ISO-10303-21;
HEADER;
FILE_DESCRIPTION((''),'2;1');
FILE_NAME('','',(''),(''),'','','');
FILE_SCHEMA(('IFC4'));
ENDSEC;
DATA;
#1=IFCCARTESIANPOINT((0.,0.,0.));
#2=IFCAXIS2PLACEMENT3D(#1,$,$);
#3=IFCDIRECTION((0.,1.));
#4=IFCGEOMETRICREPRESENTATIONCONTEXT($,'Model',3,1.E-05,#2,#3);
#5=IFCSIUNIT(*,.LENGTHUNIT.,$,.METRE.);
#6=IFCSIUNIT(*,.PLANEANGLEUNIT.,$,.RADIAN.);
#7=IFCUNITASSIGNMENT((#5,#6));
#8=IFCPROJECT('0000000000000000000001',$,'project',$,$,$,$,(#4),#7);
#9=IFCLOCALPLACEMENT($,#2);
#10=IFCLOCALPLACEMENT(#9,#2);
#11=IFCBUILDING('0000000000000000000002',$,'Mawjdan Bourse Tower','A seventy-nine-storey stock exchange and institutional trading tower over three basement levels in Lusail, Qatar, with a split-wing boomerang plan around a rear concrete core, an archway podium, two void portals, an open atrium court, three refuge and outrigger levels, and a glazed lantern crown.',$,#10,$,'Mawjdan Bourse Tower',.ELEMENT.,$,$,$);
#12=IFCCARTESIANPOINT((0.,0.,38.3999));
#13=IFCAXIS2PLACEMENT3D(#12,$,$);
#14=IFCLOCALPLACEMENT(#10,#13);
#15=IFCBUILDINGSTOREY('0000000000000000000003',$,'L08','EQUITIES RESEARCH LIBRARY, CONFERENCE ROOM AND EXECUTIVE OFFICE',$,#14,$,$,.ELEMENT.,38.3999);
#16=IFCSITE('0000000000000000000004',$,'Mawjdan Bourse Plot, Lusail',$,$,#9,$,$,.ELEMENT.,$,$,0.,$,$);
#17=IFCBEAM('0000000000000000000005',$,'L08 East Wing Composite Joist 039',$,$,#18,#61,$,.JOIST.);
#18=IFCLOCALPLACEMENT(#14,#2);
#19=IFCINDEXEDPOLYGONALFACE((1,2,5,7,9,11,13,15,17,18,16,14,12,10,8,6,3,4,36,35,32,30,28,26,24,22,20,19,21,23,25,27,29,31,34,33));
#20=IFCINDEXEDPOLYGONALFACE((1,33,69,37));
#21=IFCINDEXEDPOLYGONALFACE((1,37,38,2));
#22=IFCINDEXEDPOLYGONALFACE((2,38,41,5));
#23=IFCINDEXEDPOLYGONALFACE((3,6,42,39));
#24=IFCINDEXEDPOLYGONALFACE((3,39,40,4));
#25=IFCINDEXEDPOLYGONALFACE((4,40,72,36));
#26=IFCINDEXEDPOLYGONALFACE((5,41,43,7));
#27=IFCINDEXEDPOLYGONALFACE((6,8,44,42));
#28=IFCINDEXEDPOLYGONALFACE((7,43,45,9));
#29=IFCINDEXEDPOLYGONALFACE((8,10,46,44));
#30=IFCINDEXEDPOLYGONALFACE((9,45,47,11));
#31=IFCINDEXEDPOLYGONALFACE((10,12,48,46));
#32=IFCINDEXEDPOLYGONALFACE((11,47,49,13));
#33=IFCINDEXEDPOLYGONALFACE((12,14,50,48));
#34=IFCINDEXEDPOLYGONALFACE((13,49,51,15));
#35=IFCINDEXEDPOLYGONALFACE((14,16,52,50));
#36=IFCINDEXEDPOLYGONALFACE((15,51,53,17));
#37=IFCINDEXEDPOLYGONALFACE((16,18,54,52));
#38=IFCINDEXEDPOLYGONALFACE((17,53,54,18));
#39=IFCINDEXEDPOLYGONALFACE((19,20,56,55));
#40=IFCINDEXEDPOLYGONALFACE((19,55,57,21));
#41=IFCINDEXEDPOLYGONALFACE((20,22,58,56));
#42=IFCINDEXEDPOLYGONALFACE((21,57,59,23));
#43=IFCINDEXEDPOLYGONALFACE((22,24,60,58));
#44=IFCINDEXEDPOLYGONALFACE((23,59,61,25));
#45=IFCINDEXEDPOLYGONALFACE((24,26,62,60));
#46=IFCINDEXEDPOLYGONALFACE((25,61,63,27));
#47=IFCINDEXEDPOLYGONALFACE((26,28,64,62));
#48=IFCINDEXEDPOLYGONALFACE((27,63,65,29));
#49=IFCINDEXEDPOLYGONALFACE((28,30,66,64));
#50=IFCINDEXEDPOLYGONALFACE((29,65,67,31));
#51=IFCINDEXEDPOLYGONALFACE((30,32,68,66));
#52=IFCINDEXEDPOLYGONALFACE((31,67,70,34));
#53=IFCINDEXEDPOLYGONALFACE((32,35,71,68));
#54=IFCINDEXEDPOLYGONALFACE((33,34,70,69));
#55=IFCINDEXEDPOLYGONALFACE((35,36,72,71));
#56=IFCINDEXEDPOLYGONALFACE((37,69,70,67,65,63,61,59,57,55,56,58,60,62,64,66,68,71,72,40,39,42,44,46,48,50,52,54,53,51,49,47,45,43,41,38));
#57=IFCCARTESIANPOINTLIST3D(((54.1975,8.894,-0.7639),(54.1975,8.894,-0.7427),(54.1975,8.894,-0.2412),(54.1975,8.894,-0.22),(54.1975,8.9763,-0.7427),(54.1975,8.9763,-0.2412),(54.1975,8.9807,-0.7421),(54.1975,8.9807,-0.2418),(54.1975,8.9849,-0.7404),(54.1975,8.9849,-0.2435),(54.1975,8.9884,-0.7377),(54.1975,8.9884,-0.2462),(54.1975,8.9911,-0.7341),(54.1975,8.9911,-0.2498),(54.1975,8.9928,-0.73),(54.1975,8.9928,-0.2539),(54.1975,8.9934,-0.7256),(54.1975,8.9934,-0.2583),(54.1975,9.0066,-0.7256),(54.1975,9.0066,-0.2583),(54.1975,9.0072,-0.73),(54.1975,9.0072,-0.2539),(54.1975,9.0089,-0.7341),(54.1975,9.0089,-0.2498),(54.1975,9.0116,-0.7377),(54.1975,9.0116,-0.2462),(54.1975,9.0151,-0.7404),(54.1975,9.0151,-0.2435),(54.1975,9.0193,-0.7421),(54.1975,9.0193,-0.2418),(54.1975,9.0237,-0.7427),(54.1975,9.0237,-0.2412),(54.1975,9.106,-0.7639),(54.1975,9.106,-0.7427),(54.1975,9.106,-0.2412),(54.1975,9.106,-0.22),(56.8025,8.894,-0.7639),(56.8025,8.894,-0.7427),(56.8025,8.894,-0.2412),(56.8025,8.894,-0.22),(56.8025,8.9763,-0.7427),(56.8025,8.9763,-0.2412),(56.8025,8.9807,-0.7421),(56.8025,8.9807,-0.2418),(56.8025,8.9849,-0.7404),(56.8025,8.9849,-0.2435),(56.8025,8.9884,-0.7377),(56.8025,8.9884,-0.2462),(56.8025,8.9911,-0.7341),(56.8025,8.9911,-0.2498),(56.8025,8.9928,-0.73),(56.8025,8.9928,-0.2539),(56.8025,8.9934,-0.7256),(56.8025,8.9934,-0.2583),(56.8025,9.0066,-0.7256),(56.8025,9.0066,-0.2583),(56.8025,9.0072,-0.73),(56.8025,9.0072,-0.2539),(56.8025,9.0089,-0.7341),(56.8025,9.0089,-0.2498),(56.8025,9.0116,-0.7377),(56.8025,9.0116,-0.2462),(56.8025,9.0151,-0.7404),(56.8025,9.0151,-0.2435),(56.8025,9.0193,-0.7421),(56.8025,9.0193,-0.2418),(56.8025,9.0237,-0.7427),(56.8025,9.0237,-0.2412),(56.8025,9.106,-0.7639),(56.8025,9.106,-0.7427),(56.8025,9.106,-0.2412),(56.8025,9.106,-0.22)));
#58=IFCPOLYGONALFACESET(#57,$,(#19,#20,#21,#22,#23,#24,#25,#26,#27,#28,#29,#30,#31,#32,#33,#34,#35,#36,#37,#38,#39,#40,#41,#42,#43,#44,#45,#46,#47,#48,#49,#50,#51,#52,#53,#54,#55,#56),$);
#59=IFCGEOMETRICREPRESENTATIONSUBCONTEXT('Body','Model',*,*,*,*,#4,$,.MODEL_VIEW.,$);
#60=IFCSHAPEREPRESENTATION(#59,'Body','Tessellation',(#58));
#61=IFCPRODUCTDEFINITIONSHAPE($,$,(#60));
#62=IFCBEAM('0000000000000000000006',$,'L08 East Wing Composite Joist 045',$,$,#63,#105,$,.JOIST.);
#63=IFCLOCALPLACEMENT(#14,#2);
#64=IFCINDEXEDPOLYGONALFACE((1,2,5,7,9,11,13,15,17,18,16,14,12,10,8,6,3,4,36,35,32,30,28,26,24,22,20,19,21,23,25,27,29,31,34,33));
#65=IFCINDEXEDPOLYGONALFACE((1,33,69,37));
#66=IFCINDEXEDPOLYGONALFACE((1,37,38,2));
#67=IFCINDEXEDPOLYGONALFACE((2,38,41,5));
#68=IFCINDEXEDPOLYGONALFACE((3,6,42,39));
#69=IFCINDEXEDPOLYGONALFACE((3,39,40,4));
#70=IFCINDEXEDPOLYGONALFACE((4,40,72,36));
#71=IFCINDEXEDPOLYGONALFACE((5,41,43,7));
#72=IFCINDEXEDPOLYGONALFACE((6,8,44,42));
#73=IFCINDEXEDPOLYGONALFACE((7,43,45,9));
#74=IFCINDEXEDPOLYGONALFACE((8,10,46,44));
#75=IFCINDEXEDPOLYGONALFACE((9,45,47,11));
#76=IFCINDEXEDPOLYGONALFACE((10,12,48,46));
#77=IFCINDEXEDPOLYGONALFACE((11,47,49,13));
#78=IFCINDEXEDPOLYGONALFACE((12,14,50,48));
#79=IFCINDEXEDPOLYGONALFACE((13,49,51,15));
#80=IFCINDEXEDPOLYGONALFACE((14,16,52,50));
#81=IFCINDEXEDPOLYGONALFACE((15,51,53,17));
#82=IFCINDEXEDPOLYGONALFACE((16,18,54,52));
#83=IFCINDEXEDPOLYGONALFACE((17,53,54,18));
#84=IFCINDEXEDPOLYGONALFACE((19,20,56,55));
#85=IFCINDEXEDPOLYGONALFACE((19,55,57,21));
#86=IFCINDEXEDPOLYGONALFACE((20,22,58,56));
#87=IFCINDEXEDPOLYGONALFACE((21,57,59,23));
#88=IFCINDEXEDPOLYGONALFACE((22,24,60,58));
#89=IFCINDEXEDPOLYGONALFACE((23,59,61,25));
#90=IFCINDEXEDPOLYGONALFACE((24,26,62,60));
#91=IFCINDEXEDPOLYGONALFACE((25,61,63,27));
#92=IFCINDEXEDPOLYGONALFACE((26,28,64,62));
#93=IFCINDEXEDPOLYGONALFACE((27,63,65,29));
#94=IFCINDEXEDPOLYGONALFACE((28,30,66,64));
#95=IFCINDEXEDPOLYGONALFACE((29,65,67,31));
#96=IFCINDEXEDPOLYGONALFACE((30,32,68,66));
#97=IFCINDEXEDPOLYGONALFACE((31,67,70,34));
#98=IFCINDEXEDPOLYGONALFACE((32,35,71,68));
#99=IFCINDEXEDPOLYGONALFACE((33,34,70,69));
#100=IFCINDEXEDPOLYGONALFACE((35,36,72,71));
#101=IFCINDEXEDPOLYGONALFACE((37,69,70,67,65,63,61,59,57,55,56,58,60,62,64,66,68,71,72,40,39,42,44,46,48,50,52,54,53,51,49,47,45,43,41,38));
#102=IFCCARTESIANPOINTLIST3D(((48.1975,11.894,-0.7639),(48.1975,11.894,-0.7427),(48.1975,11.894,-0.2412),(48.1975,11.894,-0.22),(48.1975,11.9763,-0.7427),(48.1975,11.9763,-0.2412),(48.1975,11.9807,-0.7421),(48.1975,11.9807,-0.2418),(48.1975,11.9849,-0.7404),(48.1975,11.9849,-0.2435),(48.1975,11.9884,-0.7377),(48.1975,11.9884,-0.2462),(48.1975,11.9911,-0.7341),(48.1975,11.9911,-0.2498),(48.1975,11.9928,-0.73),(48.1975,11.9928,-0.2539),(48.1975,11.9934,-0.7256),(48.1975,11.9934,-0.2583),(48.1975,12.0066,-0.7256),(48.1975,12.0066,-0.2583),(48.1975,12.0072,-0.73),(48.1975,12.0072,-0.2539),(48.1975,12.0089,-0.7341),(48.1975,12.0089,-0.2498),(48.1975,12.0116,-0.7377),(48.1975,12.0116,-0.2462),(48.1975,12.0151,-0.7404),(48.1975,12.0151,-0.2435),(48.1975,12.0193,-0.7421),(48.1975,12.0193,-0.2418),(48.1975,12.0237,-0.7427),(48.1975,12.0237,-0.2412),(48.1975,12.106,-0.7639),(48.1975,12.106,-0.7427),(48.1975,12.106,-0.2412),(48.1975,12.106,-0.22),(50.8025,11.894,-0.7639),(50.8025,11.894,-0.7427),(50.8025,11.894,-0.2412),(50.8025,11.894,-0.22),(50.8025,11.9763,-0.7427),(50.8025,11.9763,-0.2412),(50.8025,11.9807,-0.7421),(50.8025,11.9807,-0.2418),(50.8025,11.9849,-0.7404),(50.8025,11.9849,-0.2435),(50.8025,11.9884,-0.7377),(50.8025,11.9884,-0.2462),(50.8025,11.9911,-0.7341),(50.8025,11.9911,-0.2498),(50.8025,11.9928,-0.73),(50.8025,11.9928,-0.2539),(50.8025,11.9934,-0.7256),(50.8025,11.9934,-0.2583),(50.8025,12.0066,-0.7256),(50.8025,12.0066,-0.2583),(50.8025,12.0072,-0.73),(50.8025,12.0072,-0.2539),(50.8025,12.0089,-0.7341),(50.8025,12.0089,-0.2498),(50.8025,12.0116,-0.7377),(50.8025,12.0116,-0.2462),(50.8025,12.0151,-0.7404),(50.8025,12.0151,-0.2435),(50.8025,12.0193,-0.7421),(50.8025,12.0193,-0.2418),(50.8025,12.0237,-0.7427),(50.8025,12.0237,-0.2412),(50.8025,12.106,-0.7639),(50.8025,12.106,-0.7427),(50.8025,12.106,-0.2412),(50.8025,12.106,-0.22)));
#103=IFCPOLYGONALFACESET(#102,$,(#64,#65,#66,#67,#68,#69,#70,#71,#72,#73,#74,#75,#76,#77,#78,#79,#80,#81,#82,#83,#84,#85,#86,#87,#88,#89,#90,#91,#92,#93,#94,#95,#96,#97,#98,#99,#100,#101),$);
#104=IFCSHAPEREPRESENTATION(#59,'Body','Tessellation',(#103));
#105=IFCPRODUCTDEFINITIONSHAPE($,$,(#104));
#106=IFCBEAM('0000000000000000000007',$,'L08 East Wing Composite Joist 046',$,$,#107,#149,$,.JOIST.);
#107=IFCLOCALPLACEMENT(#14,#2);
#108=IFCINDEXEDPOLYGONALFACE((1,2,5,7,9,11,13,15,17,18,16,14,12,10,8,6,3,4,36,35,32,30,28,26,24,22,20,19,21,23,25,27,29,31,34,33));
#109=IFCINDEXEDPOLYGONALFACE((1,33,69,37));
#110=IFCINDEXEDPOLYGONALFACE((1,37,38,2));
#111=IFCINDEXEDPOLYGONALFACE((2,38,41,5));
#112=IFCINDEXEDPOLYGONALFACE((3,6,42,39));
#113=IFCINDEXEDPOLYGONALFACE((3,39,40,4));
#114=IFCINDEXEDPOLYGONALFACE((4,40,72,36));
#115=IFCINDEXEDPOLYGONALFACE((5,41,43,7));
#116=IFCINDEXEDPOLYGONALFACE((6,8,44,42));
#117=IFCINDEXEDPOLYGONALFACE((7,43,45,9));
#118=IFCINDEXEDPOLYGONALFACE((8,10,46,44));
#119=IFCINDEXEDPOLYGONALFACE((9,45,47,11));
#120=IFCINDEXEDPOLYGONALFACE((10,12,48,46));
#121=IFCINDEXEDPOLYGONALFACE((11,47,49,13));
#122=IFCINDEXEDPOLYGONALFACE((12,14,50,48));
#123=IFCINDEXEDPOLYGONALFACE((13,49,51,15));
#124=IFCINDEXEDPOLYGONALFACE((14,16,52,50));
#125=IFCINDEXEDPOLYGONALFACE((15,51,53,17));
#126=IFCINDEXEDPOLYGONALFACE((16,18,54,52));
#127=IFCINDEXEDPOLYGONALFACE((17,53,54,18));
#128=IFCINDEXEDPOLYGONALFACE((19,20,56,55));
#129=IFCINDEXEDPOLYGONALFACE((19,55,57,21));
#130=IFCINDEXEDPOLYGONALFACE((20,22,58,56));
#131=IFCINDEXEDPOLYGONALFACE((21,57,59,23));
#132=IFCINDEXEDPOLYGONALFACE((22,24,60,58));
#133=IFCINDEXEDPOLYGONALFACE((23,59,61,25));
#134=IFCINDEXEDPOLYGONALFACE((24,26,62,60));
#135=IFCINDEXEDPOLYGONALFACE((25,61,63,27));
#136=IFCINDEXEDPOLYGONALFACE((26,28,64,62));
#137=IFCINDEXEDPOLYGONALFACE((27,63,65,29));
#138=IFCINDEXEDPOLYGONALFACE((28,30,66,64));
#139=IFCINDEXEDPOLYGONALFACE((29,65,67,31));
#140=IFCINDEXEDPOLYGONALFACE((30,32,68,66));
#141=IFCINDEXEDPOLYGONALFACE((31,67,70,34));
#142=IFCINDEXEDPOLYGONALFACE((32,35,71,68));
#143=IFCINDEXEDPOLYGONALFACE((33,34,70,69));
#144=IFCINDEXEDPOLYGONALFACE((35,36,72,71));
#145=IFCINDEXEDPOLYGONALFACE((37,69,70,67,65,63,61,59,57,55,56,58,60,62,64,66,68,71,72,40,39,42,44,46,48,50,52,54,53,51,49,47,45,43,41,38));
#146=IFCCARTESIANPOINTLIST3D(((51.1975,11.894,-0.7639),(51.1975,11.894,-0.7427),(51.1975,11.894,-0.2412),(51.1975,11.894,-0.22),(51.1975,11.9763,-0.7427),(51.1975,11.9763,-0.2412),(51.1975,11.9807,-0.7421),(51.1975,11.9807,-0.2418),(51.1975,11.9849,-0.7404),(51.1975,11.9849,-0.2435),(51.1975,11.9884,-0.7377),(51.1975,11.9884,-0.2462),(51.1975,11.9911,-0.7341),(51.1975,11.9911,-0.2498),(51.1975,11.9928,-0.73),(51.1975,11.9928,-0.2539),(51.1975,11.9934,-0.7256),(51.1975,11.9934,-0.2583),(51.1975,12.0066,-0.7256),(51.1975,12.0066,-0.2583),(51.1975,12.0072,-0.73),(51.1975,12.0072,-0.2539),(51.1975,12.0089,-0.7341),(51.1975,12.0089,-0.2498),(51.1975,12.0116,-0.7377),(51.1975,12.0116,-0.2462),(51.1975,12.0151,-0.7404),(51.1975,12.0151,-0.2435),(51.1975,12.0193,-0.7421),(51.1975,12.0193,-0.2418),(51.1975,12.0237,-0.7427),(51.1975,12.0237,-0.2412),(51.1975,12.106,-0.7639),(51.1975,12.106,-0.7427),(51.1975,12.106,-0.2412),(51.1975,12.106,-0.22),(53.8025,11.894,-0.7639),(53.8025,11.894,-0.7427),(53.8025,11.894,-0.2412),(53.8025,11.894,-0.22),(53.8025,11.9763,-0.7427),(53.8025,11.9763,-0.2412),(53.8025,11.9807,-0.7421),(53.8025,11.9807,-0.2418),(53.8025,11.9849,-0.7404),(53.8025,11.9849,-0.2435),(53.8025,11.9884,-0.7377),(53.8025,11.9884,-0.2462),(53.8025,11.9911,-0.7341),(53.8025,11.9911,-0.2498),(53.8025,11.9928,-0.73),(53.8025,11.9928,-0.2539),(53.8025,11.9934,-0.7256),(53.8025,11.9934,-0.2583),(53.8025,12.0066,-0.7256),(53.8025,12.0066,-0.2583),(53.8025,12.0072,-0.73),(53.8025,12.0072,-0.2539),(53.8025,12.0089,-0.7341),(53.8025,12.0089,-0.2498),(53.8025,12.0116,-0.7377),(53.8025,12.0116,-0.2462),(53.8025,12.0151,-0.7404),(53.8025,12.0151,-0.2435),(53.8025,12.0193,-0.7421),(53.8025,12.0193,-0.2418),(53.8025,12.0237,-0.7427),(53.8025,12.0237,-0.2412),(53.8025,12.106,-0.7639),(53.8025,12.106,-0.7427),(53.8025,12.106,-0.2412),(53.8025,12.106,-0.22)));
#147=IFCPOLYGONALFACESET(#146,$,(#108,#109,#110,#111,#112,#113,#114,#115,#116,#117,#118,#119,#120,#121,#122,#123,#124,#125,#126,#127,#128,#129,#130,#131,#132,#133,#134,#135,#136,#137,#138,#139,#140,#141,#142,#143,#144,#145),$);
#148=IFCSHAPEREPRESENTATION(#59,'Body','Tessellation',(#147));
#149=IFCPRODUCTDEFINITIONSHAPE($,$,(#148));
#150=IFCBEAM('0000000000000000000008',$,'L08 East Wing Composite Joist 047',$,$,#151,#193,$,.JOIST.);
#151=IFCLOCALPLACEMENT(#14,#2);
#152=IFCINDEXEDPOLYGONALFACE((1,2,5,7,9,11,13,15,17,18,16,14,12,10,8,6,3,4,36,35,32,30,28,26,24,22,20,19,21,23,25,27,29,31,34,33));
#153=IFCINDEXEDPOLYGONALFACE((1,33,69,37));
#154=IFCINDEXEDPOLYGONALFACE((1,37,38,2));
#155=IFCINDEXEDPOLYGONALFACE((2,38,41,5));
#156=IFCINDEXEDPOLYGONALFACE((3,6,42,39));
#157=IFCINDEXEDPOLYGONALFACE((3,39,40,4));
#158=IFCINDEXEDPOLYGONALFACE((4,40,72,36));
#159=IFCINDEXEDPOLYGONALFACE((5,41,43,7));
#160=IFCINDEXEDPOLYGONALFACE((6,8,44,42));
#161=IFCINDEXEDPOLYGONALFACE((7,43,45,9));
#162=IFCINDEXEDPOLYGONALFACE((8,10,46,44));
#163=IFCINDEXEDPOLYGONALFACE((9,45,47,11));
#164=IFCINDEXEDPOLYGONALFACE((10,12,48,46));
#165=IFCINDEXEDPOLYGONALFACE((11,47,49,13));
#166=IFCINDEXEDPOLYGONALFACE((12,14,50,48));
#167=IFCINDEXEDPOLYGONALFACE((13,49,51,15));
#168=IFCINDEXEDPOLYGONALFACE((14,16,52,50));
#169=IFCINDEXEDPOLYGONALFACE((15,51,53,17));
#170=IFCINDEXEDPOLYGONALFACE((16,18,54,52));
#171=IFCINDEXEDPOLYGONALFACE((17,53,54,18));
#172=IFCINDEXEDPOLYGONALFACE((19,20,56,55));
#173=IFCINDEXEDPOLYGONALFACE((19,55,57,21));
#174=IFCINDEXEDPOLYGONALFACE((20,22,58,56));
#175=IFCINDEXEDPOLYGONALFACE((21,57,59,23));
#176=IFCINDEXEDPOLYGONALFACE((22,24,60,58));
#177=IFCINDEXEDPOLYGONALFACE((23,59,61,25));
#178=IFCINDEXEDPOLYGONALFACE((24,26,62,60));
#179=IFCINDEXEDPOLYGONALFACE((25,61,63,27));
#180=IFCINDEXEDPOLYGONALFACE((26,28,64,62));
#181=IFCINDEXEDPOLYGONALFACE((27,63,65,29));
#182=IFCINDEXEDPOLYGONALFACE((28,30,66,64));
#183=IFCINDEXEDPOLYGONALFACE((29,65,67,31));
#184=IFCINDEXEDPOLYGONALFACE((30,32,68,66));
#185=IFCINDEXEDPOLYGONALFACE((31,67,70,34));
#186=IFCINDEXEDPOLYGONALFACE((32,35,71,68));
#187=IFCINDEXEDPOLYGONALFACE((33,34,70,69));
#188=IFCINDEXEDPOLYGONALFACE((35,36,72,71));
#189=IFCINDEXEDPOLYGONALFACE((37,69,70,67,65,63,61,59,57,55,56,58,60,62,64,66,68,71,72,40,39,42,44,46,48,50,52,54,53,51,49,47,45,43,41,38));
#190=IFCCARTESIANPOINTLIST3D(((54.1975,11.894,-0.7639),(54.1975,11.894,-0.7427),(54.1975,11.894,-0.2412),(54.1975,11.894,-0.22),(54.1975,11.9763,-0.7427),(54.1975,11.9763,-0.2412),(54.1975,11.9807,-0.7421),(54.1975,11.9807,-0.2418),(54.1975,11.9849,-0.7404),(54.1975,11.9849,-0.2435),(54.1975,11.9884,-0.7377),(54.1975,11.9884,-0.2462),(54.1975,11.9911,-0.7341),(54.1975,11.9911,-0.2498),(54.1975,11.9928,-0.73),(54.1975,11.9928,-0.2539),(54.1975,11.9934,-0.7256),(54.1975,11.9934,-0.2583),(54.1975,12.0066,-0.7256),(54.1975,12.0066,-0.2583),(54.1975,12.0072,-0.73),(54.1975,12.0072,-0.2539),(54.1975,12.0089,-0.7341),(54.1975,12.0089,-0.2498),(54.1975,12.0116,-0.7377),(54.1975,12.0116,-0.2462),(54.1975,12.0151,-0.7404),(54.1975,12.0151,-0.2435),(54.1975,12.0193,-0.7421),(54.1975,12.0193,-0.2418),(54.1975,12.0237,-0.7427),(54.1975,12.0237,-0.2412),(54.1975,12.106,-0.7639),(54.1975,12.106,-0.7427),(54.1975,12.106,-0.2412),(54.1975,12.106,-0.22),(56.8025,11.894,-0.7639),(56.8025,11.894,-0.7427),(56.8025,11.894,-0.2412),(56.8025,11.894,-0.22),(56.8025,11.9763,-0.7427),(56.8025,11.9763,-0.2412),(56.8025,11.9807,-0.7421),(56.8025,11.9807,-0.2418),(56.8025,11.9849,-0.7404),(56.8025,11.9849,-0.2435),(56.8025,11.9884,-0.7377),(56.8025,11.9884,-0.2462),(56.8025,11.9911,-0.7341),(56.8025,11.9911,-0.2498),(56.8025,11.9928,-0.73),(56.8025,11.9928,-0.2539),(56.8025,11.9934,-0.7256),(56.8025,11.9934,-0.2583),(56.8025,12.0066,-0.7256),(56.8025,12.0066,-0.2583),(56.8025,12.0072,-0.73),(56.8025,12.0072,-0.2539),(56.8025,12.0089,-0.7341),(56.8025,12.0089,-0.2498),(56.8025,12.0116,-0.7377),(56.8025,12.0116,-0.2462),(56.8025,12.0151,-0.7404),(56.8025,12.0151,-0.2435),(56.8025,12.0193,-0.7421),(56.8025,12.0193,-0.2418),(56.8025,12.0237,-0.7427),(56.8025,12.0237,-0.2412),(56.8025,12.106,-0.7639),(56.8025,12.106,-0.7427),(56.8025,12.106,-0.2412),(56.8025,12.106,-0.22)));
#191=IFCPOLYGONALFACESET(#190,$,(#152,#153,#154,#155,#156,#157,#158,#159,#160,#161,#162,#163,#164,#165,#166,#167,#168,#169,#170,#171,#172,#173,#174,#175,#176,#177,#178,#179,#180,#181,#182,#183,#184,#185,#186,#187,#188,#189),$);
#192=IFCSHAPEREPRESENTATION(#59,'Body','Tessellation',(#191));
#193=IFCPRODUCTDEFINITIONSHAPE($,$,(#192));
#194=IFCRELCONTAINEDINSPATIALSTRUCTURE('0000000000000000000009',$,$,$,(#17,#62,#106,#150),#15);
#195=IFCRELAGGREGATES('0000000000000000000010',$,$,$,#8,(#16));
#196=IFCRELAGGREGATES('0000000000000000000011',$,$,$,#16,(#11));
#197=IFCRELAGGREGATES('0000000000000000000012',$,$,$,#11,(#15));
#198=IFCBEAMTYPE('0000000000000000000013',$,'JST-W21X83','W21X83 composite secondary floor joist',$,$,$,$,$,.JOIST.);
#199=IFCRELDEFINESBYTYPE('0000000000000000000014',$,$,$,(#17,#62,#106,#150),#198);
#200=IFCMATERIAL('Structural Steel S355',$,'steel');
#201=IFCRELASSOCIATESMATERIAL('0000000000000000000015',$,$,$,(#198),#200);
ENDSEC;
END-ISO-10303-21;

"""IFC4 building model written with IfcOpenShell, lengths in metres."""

from ifc_helpers import new_model, si_unit, direction, frame, origin, origin_2d, place, context, subcontext, project, spatial, i_section, extrude, material, material_profile, profile_set, type_object, element, save


model = new_model("IFC4")

# Units and contexts
model_context = context("Model", 3, precision=1e-05, world=origin(), true_north=direction((0.0, 1.0)))
body_context = subcontext(model_context, "Body", "Model", "MODEL_VIEW")
ifc_project = project(units=[si_unit("LENGTHUNIT", "METRE"), si_unit("PLANEANGLEUNIT", "RADIAN")], contexts=[model_context])

# Site, building, storey
site_placement = place(None, origin())
site = spatial("IfcSite", under=ifc_project, at=site_placement, Name="Mawjdan Bourse Plot, Lusail", CompositionType="ELEMENT", RefElevation=0.0)
building_placement = place(site_placement, origin())
building = spatial("IfcBuilding", under=site, at=building_placement, Name="Mawjdan Bourse Tower", Description="A seventy-nine-storey stock exchange and institutional trading tower over three basement levels in Lusail, Qatar, with a split-wing boomerang plan around a rear concrete core, an archway podium, two void portals, an open atrium court, three refuge and outrigger levels, and a glazed lantern crown.", LongName="Mawjdan Bourse Tower", CompositionType="ELEMENT")
storey_placement = place(building_placement, frame((0.0, 0.0, 38.3999)))
storey = spatial("IfcBuildingStorey", under=building, at=storey_placement, Name="L08", Description="EQUITIES RESEARCH LIBRARY, CONFERENCE ROOM AND EXECUTIVE OFFICE", CompositionType="ELEMENT", Elevation=38.3999)

# Beams
ifc_material_1 = material(Name="Structural Steel S355", Category="steel")
ifc_material_profile_1 = material_profile(ifc_material_1, i_section(OverallWidth=0.2119, OverallDepth=0.5439, WebThickness=0.0132, FlangeThickness=0.0212, FilletRadius=0.0171, at=origin_2d()), Name="W21X83")
ifc_profile_set_1 = profile_set([ifc_material_profile_1], Name="Structural Steel S355")
beam_type_1 = type_object("IfcBeamType", Name="JST-W21X83", Description="W21X83 composite secondary floor joist", PredefinedType="JOIST", material=ifc_profile_set_1)
for number, where, z_axis, x_axis, name in (
    (1, (54.1975, 9.0, -0.4919), (1.0, 0.0, 0.0), (0.0, 1.0, 0.0), "L08 East Wing Composite Joist 039"),
    (2, (48.1975, 12.0, -0.4919), (1.0, 0.0, 0.0), (0.0, 1.0, 0.0), "L08 East Wing Composite Joist 045"),
    (3, (51.1975, 12.0, -0.4919), (1.0, 0.0, 0.0), (0.0, 1.0, 0.0), "L08 East Wing Composite Joist 046"),
    (4, (54.1975, 12.0, -0.4919), (1.0, 0.0, 0.0), (0.0, 1.0, 0.0), "L08 East Wing Composite Joist 047"),
):
    element("IfcBeam", number, at=place(storey_placement, frame(where, z_axis=z_axis, x_axis=x_axis)), inside=storey, type_object=beam_type_1, Name=name, PredefinedType="JOIST", context=body_context, shape_type="SweptSolid", body=[
        extrude(i_section(OverallWidth=0.2119, OverallDepth=0.5439, WebThickness=0.0132, FlangeThickness=0.0212, FilletRadius=0.0171, at=origin_2d()), origin(), (0.0, 0.0, 1.0), 2.605),
    ])

save(model, "model.ifc")
